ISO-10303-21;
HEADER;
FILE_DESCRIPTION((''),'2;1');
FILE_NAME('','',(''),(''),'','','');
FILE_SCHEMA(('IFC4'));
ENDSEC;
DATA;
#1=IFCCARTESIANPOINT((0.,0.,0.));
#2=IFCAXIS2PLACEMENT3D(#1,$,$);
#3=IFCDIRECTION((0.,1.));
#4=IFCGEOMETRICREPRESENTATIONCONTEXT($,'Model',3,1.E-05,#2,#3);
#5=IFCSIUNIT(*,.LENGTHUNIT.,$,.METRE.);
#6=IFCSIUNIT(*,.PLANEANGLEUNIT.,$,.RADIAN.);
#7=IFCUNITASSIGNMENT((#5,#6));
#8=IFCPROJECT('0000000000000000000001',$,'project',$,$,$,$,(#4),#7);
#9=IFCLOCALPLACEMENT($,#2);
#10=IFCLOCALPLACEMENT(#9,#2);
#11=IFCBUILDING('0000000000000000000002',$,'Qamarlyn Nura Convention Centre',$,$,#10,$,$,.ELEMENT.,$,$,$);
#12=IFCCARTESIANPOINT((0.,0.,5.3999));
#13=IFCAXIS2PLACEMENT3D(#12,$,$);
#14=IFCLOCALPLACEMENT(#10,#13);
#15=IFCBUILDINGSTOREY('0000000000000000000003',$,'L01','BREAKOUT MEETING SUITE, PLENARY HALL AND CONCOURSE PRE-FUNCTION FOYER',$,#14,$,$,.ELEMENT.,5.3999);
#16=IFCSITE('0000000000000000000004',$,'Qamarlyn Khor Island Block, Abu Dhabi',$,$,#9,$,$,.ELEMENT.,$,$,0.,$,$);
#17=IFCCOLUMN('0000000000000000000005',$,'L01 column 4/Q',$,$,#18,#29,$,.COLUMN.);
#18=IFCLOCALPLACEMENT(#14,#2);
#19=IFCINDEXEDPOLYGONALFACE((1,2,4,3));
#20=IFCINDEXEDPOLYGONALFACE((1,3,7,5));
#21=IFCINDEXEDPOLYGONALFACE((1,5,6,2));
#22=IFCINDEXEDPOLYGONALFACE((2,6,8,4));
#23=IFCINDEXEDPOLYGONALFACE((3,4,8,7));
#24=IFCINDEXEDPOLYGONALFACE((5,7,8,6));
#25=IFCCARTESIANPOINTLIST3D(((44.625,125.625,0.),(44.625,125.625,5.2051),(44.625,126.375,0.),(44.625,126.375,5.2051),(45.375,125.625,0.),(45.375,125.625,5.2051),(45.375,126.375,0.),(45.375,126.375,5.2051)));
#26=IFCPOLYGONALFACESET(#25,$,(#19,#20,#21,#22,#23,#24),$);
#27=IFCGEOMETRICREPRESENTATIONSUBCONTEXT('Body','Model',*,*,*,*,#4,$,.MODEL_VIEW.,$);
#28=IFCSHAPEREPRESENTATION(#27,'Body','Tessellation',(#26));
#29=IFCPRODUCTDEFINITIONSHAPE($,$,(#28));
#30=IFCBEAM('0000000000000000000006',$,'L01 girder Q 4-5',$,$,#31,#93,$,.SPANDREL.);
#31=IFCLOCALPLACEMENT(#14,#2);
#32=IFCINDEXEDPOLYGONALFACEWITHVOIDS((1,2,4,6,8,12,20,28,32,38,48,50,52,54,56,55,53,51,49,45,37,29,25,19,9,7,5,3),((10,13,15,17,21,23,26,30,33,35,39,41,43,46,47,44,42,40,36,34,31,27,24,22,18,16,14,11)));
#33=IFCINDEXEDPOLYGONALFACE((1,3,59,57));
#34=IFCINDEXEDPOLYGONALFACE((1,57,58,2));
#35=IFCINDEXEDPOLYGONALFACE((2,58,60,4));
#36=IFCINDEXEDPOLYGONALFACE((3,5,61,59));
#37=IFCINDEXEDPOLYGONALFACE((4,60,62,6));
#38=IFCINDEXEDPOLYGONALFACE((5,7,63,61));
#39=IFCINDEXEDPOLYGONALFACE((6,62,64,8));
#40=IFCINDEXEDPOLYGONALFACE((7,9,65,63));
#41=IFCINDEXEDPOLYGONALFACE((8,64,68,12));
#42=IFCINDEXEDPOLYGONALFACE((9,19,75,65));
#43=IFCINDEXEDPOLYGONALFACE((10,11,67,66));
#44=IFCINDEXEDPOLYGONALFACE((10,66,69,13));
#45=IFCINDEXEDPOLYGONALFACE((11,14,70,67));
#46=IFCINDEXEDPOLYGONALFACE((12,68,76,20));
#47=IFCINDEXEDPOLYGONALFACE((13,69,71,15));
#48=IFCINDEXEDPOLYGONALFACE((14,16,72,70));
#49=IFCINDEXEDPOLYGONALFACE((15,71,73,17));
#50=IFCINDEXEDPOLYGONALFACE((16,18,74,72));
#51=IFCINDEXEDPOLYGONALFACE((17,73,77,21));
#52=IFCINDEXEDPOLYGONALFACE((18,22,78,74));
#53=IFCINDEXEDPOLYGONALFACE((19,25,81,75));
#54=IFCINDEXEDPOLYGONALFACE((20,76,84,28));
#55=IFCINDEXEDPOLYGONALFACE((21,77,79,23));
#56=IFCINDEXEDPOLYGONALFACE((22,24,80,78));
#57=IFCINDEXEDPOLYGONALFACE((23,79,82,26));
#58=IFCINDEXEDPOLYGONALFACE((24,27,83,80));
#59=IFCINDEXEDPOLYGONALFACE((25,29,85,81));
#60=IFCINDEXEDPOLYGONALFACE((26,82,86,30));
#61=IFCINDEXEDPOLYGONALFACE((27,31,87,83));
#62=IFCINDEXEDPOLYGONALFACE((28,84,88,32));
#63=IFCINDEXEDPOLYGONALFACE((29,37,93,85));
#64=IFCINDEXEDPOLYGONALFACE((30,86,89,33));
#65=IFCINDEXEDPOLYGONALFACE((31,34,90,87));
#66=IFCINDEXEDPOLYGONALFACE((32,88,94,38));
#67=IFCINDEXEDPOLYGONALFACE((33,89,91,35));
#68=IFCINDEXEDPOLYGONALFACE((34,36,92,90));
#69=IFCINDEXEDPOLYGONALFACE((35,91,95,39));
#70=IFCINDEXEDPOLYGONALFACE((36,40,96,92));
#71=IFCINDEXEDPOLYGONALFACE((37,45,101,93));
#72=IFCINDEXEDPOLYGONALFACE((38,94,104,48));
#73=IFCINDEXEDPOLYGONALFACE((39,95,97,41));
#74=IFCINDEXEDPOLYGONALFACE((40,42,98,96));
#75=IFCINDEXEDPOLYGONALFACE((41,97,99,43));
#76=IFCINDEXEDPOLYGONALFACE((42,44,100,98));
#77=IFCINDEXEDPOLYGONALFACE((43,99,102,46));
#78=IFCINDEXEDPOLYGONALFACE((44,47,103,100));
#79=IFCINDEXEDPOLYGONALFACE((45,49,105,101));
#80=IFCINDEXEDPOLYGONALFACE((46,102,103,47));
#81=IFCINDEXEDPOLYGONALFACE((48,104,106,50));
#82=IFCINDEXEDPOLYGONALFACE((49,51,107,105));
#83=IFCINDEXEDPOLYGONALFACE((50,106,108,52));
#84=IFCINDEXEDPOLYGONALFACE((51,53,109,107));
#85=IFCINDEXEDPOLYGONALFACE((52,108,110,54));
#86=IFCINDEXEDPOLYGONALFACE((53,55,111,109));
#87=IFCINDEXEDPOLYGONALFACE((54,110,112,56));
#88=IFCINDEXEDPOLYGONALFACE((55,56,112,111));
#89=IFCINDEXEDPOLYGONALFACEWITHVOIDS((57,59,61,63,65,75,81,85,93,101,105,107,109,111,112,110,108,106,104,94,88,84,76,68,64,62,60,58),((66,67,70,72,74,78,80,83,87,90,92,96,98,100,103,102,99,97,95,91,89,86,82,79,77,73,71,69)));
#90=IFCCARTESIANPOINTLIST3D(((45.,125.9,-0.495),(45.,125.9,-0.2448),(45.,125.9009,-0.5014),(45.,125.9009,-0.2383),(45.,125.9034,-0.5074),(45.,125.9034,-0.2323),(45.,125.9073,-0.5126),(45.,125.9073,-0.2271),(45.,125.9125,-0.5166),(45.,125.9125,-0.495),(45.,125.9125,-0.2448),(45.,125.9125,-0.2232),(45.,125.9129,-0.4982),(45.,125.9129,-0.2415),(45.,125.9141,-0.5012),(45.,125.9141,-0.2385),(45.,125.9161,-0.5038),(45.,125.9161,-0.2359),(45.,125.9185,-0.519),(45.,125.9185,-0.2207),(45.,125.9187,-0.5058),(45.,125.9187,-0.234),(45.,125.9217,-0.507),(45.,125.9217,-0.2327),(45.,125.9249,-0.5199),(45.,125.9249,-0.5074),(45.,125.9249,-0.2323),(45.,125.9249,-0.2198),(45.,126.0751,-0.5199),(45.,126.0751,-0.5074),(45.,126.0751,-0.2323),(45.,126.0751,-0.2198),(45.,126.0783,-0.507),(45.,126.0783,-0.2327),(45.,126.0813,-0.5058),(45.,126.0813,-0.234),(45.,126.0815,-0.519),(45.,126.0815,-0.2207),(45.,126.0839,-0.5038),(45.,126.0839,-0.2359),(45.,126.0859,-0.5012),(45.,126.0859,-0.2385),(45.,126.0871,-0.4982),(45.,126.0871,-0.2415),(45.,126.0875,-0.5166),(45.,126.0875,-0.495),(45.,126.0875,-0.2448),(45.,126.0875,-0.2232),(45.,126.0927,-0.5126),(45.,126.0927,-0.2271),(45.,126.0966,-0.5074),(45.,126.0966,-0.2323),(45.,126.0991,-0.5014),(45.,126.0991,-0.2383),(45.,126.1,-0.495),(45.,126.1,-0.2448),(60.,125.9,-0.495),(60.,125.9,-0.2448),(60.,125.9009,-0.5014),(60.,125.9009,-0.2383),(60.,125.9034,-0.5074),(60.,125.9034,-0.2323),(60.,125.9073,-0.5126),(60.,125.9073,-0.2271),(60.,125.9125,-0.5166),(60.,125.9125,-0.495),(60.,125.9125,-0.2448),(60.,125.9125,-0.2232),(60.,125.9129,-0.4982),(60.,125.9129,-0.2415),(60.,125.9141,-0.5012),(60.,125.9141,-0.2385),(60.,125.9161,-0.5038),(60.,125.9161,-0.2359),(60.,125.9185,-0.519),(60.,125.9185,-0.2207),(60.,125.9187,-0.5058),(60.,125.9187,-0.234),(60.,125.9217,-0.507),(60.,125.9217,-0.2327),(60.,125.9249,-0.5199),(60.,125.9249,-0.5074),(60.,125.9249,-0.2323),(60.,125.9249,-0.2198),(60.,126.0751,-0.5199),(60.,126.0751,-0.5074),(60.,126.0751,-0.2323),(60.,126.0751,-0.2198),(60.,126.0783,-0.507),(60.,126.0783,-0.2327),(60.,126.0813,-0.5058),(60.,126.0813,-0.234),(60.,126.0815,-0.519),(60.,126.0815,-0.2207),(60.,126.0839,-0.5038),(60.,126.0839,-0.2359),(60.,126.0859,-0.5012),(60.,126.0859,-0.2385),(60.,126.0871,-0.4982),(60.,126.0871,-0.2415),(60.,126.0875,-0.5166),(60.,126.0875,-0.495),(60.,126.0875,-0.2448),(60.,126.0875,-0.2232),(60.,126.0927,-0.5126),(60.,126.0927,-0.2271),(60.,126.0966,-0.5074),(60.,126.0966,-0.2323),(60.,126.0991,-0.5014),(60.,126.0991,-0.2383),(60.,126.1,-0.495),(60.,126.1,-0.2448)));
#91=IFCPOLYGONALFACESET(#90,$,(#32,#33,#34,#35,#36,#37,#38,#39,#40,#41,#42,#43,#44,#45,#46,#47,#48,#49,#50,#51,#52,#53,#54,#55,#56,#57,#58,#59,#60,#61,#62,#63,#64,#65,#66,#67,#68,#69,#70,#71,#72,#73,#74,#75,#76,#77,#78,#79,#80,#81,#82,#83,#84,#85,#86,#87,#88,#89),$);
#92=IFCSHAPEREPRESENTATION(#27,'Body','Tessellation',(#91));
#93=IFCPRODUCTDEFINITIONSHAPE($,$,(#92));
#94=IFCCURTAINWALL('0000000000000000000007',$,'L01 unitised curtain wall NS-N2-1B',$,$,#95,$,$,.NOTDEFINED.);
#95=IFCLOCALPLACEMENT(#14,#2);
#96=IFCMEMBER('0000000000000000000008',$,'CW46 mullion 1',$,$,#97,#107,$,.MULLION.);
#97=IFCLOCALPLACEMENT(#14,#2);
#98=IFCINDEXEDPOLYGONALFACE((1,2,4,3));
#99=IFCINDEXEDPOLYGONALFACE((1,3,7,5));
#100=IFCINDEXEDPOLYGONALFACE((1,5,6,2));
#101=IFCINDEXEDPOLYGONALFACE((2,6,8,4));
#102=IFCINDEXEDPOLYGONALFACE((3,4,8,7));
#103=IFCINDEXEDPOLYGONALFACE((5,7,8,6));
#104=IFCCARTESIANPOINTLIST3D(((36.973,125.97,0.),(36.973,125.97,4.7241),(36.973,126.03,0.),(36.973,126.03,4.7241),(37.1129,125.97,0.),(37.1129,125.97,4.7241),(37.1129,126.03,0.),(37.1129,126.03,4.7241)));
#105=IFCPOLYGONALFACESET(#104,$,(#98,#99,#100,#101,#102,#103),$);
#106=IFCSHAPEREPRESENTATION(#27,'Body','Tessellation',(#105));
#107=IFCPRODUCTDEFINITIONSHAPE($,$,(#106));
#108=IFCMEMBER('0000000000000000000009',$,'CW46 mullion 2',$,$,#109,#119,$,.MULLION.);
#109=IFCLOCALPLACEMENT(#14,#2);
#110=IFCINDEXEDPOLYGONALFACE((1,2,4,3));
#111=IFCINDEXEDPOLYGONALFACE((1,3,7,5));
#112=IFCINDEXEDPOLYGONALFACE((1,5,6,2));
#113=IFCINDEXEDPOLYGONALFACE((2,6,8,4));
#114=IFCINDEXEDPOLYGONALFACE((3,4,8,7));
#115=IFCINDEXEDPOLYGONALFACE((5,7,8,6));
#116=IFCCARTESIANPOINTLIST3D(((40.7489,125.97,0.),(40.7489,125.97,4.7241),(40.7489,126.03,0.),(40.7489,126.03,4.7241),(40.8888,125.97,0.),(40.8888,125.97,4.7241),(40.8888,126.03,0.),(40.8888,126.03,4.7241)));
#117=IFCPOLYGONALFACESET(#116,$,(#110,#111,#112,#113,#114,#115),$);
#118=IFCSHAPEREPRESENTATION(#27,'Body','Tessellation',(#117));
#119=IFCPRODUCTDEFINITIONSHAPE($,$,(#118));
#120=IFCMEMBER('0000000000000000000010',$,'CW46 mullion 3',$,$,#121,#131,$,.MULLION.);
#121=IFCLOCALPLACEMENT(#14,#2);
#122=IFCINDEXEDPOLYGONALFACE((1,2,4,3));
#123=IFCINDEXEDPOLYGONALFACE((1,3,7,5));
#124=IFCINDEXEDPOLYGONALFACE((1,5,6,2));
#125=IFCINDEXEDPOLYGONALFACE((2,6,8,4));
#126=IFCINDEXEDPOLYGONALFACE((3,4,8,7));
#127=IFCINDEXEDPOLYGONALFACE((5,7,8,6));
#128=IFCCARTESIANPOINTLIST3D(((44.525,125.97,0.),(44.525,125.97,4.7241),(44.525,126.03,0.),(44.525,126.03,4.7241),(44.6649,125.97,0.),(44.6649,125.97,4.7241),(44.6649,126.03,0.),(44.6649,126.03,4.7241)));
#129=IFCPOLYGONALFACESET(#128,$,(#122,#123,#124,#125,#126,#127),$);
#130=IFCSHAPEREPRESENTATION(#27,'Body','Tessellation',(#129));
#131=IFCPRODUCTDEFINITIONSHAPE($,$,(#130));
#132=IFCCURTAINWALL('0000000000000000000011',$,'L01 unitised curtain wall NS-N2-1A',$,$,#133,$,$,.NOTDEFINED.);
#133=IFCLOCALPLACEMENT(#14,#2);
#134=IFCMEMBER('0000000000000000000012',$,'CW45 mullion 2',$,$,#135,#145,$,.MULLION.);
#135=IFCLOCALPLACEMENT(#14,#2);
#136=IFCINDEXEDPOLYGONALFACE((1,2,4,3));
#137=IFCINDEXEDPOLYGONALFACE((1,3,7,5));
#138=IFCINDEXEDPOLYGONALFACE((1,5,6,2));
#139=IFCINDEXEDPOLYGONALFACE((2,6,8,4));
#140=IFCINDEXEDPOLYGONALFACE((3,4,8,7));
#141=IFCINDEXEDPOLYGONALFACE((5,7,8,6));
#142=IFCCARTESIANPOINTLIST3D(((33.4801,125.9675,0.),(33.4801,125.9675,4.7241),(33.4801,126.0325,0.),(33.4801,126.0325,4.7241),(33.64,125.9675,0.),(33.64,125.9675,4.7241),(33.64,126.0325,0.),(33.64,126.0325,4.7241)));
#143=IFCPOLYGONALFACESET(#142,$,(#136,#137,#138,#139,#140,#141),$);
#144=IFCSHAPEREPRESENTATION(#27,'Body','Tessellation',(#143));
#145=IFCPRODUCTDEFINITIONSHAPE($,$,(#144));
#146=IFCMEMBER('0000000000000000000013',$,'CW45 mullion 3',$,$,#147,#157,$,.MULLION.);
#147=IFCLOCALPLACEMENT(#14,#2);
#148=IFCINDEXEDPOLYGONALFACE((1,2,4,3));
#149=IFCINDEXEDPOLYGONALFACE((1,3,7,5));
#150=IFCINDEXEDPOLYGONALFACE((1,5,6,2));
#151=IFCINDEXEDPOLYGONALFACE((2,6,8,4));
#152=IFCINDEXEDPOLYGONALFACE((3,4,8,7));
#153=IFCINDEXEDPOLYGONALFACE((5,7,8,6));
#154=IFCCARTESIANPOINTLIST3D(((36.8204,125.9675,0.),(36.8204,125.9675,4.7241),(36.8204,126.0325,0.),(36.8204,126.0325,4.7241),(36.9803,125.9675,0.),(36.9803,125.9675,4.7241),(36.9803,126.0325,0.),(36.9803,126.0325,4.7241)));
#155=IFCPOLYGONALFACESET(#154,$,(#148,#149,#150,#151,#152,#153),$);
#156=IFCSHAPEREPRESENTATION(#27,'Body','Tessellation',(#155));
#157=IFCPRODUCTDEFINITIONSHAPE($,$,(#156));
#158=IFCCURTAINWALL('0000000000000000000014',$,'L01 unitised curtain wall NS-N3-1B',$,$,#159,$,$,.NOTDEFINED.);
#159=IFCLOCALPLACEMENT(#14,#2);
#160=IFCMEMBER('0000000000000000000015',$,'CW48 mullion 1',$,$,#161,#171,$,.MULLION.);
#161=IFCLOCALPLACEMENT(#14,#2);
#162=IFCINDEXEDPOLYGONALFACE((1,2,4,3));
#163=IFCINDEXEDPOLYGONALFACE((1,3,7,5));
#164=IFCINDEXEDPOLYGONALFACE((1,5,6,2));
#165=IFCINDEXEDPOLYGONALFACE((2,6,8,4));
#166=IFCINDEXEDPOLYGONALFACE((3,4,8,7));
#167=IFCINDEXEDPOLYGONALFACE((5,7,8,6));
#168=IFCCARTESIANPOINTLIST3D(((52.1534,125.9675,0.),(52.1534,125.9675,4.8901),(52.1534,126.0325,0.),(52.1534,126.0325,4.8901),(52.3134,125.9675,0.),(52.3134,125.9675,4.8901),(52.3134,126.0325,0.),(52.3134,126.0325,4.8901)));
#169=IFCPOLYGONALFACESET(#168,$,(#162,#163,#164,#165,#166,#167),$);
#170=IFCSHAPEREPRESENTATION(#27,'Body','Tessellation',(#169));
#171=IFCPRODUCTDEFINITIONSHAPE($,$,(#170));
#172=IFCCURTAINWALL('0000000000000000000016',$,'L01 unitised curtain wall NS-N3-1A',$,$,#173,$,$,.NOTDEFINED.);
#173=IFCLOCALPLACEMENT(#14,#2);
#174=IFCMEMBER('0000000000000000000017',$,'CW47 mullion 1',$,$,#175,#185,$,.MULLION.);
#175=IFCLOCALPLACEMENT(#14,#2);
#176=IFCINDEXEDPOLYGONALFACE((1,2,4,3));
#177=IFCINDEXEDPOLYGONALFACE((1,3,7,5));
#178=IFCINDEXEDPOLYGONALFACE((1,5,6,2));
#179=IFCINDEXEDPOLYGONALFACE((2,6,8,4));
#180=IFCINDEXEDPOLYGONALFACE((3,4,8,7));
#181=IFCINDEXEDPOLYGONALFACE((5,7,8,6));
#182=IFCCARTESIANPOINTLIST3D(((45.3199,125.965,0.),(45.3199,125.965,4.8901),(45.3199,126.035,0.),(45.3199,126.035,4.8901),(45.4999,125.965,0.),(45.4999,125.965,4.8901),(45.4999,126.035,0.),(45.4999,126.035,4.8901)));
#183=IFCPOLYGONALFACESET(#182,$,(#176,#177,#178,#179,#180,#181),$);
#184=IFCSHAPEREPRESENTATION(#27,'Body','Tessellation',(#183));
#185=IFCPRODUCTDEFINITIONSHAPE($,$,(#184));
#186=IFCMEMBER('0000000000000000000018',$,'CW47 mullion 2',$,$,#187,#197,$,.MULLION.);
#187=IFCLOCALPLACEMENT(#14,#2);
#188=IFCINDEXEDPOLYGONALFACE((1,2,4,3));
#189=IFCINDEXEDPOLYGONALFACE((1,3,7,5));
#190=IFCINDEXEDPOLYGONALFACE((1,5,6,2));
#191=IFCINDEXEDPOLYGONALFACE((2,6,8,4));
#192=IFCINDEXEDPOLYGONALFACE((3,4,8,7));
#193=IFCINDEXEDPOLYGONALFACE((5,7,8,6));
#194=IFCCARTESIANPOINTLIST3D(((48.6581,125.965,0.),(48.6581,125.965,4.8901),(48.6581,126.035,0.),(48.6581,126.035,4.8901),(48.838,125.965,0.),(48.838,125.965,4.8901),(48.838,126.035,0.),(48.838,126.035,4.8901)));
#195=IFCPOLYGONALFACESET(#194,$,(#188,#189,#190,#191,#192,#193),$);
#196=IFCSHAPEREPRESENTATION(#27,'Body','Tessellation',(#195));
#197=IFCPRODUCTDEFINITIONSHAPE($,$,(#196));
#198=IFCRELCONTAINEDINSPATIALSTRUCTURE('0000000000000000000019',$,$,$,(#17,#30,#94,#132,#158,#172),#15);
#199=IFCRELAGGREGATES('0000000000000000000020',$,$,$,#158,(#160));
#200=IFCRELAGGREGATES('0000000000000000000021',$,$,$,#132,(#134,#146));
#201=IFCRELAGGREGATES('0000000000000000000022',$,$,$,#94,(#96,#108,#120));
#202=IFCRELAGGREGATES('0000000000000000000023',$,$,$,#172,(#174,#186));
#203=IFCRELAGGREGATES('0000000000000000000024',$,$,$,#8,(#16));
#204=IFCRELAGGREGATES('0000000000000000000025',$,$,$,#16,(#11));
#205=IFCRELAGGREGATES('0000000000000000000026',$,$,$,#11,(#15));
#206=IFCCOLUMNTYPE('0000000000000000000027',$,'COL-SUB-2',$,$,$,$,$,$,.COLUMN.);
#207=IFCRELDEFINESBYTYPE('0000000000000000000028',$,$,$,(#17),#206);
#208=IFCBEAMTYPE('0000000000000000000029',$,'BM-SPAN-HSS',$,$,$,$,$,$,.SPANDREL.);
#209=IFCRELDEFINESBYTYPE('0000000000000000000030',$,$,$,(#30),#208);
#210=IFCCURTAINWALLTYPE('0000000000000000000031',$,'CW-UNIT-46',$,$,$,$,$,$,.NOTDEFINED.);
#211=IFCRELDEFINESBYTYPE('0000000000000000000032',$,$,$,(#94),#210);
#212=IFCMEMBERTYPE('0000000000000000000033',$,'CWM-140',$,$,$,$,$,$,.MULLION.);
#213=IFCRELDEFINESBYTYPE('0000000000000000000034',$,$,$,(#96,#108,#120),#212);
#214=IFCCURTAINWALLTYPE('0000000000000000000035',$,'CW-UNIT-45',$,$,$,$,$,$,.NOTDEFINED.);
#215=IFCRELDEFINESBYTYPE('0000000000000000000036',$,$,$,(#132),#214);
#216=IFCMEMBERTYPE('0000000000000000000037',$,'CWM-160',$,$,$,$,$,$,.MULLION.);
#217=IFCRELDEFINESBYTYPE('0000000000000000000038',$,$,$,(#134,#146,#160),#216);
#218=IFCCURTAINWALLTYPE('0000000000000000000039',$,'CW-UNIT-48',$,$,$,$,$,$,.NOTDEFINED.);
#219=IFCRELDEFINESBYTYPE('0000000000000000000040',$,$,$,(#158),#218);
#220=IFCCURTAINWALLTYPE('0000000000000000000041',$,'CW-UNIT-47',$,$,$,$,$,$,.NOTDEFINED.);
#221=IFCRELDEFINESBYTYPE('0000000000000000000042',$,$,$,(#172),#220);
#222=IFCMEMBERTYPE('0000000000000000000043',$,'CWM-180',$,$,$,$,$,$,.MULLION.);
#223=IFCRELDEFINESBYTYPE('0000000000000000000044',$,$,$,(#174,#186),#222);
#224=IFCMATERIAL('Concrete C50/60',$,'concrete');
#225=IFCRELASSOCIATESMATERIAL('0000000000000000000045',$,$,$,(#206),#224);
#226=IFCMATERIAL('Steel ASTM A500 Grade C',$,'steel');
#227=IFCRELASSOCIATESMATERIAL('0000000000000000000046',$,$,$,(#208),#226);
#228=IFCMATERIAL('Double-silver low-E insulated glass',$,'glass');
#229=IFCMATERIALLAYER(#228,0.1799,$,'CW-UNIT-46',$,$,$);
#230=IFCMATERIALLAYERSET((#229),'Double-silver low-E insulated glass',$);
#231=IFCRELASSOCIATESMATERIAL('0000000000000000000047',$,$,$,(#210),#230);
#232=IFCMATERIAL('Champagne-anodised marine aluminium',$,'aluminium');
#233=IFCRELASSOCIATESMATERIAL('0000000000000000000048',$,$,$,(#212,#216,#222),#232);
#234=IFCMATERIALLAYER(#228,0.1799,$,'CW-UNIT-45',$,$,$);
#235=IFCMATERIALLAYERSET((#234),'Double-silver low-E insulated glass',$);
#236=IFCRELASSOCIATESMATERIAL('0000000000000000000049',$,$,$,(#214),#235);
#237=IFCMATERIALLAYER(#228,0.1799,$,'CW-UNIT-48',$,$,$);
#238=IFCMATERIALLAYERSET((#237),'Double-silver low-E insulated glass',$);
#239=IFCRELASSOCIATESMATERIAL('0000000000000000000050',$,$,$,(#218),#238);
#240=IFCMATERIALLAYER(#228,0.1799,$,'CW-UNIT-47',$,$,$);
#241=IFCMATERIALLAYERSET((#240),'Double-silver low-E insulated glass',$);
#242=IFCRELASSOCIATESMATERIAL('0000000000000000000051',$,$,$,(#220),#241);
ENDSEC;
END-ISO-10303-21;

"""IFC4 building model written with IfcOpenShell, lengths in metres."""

from ifc_helpers import new_model, si_unit, direction, frame, origin, origin_2d, place, context, subcontext, project, spatial, rectangle, hollow_rectangle, extrude, material, layer, layer_set, material_profile, profile_set, type_object, element, aggregate, save


model = new_model("IFC4")

# Units and contexts
model_context = context("Model", 3, precision=1e-05, world=origin(), true_north=direction((0.0, 1.0)))
body_context = subcontext(model_context, "Body", "Model", "MODEL_VIEW")
ifc_project = project(units=[si_unit("LENGTHUNIT", "METRE"), si_unit("PLANEANGLEUNIT", "RADIAN")], contexts=[model_context])

# Site, building, storey
site_placement = place(None, origin())
site = spatial("IfcSite", under=ifc_project, at=site_placement, Name="Qamarlyn Khor Island Block, Abu Dhabi", CompositionType="ELEMENT", RefElevation=0.0)
building_placement = place(site_placement, origin())
building = spatial("IfcBuilding", under=site, at=building_placement, Name="Qamarlyn Nura Convention Centre", CompositionType="ELEMENT")
storey_placement = place(building_placement, frame((0.0, 0.0, 5.3999)))
storey = spatial("IfcBuildingStorey", under=building, at=storey_placement, Name="L01", Description="BREAKOUT MEETING SUITE, PLENARY HALL AND CONCOURSE PRE-FUNCTION FOYER", CompositionType="ELEMENT", Elevation=5.3999)

# Column
ifc_material_1 = material(Name="Concrete C50/60", Category="concrete")
ifc_material_profile_1 = material_profile(ifc_material_1, rectangle(XDim=0.75, YDim=0.75, at=origin_2d()), Name="RC 750x750")
ifc_profile_set_1 = profile_set([ifc_material_profile_1], Name="Concrete C50/60")
column_type = type_object("IfcColumnType", Name="COL-SUB-2", PredefinedType="COLUMN", material=ifc_profile_set_1)
column_placement = place(storey_placement, frame((45.0, 126.0, 0.0), z_axis=(0.0, 0.0, 1.0), x_axis=(1.0, 0.0, 0.0)))
element("IfcColumn", 1, at=column_placement, inside=storey, type_object=column_type, Name="L01 column 4/Q", PredefinedType="COLUMN", context=body_context, shape_type="SweptSolid", body=[
    extrude(rectangle(XDim=0.75, YDim=0.75, at=origin_2d()), origin(), (0.0, 0.0, 1.0), 5.2051),
])

# Beam
ifc_material_2 = material(Name="Steel ASTM A500 Grade C", Category="steel")
ifc_material_profile_2 = material_profile(ifc_material_2, hollow_rectangle(XDim=0.2, YDim=0.3, WallThickness=0.0125, InnerFilletRadius=0.0125, OuterFilletRadius=0.0249, at=origin_2d()), Name="HSS300X200X12.5")
ifc_profile_set_2 = profile_set([ifc_material_profile_2], Name="Steel ASTM A500 Grade C")
beam_type = type_object("IfcBeamType", Name="BM-SPAN-HSS", PredefinedType="SPANDREL", material=ifc_profile_set_2)
beam_placement = place(storey_placement, frame((45.0, 126.0, -0.3699), z_axis=(1.0, 0.0, 0.0), x_axis=(0.0, 1.0, 0.0)))
element("IfcBeam", 2, at=beam_placement, inside=storey, type_object=beam_type, Name="L01 girder Q 4-5", PredefinedType="SPANDREL", context=body_context, shape_type="SweptSolid", body=[
    extrude(hollow_rectangle(XDim=0.2, YDim=0.3, WallThickness=0.0125, InnerFilletRadius=0.0125, OuterFilletRadius=0.0249, at=origin_2d()), origin(), (0.0, 0.0, 1.0), 15.0),
])

# Curtain walls, members
ifc_material_3 = material(Name="Double-silver low-E insulated glass", Category="glass")
ifc_layer_1 = layer(ifc_material_3, 0.1799, Name="CW-UNIT-46")
ifc_layer_set_1 = layer_set([ifc_layer_1], Name="Double-silver low-E insulated glass")
curtain_wall_type_1 = type_object("IfcCurtainWallType", Name="CW-UNIT-46", PredefinedType="NOTDEFINED", material=ifc_layer_set_1)
curtain_wall_1_placement = place(storey_placement, origin())
curtain_wall_1 = element("IfcCurtainWall", 3, at=curtain_wall_1_placement, inside=storey, type_object=curtain_wall_type_1, Name="L01 unitised curtain wall NS-N2-1B", PredefinedType="NOTDEFINED")
ifc_material_4 = material(Name="Champagne-anodised marine aluminium", Category="aluminium")
ifc_material_profile_3 = material_profile(ifc_material_4, rectangle(XDim=0.0601, YDim=0.1399, at=origin_2d()), Name="ALU MULLION 60x140")
ifc_profile_set_3 = profile_set([ifc_material_profile_3], Name="Champagne-anodised marine aluminium")
member_type_1 = type_object("IfcMemberType", Name="CWM-140", PredefinedType="MULLION", material=ifc_profile_set_3)
member_1_placement = place(storey_placement, frame((37.043, 126.0, 0.0), z_axis=(0.0, 0.0, 1.0), x_axis=(0.0, 1.0, 0.0)))
member_1 = element("IfcMember", 4, at=member_1_placement, type_object=member_type_1, Name="CW46 mullion 1", PredefinedType="MULLION", context=body_context, shape_type="SweptSolid", body=[
    extrude(rectangle(XDim=0.0601, YDim=0.1399, at=origin_2d()), origin(), (0.0, 0.0, 1.0), 4.7241),
])
member_2_placement = place(storey_placement, frame((40.8188, 126.0, 0.0), z_axis=(0.0, 0.0, 1.0), x_axis=(0.0, 1.0, 0.0)))
member_2 = element("IfcMember", 5, at=member_2_placement, type_object=member_type_1, Name="CW46 mullion 2", PredefinedType="MULLION", context=body_context, shape_type="SweptSolid", body=[
    extrude(rectangle(XDim=0.0601, YDim=0.1399, at=origin_2d()), origin(), (0.0, 0.0, 1.0), 4.7241),
])
member_3_placement = place(storey_placement, frame((44.595, 126.0, 0.0), z_axis=(0.0, 0.0, 1.0), x_axis=(0.0, 1.0, 0.0)))
member_3 = element("IfcMember", 6, at=member_3_placement, type_object=member_type_1, Name="CW46 mullion 3", PredefinedType="MULLION", context=body_context, shape_type="SweptSolid", body=[
    extrude(rectangle(XDim=0.0601, YDim=0.1399, at=origin_2d()), origin(), (0.0, 0.0, 1.0), 4.7241),
])
ifc_layer_2 = layer(ifc_material_3, 0.1799, Name="CW-UNIT-45")
ifc_layer_set_2 = layer_set([ifc_layer_2], Name="Double-silver low-E insulated glass")
curtain_wall_type_2 = type_object("IfcCurtainWallType", Name="CW-UNIT-45", PredefinedType="NOTDEFINED", material=ifc_layer_set_2)
curtain_wall_2_placement = place(storey_placement, origin())
curtain_wall_2 = element("IfcCurtainWall", 7, at=curtain_wall_2_placement, inside=storey, type_object=curtain_wall_type_2, Name="L01 unitised curtain wall NS-N2-1A", PredefinedType="NOTDEFINED")
ifc_material_profile_4 = material_profile(ifc_material_4, rectangle(XDim=0.0649, YDim=0.1599, at=origin_2d()), Name="ALU MULLION 65x160")
ifc_profile_set_4 = profile_set([ifc_material_profile_4], Name="Champagne-anodised marine aluminium")
member_type_2 = type_object("IfcMemberType", Name="CWM-160", PredefinedType="MULLION", material=ifc_profile_set_4)
member_4_placement = place(storey_placement, frame((33.5601, 126.0, 0.0), z_axis=(0.0, 0.0, 1.0), x_axis=(0.0, 1.0, 0.0)))
member_4 = element("IfcMember", 8, at=member_4_placement, type_object=member_type_2, Name="CW45 mullion 2", PredefinedType="MULLION", context=body_context, shape_type="SweptSolid", body=[
    extrude(rectangle(XDim=0.0649, YDim=0.1599, at=origin_2d()), origin(), (0.0, 0.0, 1.0), 4.7241),
])
member_5_placement = place(storey_placement, frame((36.9004, 126.0, 0.0), z_axis=(0.0, 0.0, 1.0), x_axis=(0.0, 1.0, 0.0)))
member_5 = element("IfcMember", 9, at=member_5_placement, type_object=member_type_2, Name="CW45 mullion 3", PredefinedType="MULLION", context=body_context, shape_type="SweptSolid", body=[
    extrude(rectangle(XDim=0.0649, YDim=0.1599, at=origin_2d()), origin(), (0.0, 0.0, 1.0), 4.7241),
])

# Curtain wall, member
ifc_layer_3 = layer(ifc_material_3, 0.1799, Name="CW-UNIT-48")
ifc_layer_set_3 = layer_set([ifc_layer_3], Name="Double-silver low-E insulated glass")
curtain_wall_type_3 = type_object("IfcCurtainWallType", Name="CW-UNIT-48", PredefinedType="NOTDEFINED", material=ifc_layer_set_3)
curtain_wall_3_placement = place(storey_placement, origin())
curtain_wall_3 = element("IfcCurtainWall", 10, at=curtain_wall_3_placement, inside=storey, type_object=curtain_wall_type_3, Name="L01 unitised curtain wall NS-N3-1B", PredefinedType="NOTDEFINED")
member_6_placement = place(storey_placement, frame((52.2334, 126.0, 0.0), z_axis=(0.0, 0.0, 1.0), x_axis=(0.0, 1.0, 0.0)))
member_6 = element("IfcMember", 11, at=member_6_placement, type_object=member_type_2, Name="CW48 mullion 1", PredefinedType="MULLION", context=body_context, shape_type="SweptSolid", body=[
    extrude(rectangle(XDim=0.0649, YDim=0.1599, at=origin_2d()), origin(), (0.0, 0.0, 1.0), 4.8901),
])

# Curtain wall, members
ifc_layer_4 = layer(ifc_material_3, 0.1799, Name="CW-UNIT-47")
ifc_layer_set_4 = layer_set([ifc_layer_4], Name="Double-silver low-E insulated glass")
curtain_wall_type_4 = type_object("IfcCurtainWallType", Name="CW-UNIT-47", PredefinedType="NOTDEFINED", material=ifc_layer_set_4)
curtain_wall_4_placement = place(storey_placement, origin())
curtain_wall_4 = element("IfcCurtainWall", 12, at=curtain_wall_4_placement, inside=storey, type_object=curtain_wall_type_4, Name="L01 unitised curtain wall NS-N3-1A", PredefinedType="NOTDEFINED")
ifc_material_profile_5 = material_profile(ifc_material_4, rectangle(XDim=0.0701, YDim=0.1799, at=origin_2d()), Name="ALU MULLION 70x180")
ifc_profile_set_5 = profile_set([ifc_material_profile_5], Name="Champagne-anodised marine aluminium")
member_type_3 = type_object("IfcMemberType", Name="CWM-180", PredefinedType="MULLION", material=ifc_profile_set_5)
member_7_placement = place(storey_placement, frame((45.4099, 126.0, 0.0), z_axis=(0.0, 0.0, 1.0), x_axis=(0.0, 1.0, 0.0)))
member_7 = element("IfcMember", 13, at=member_7_placement, type_object=member_type_3, Name="CW47 mullion 1", PredefinedType="MULLION", context=body_context, shape_type="SweptSolid", body=[
    extrude(rectangle(XDim=0.0701, YDim=0.1799, at=origin_2d()), origin(), (0.0, 0.0, 1.0), 4.8901),
])
member_8_placement = place(storey_placement, frame((48.748, 126.0, 0.0), z_axis=(0.0, 0.0, 1.0), x_axis=(0.0, 1.0, 0.0)))
member_8 = element("IfcMember", 14, at=member_8_placement, type_object=member_type_3, Name="CW47 mullion 2", PredefinedType="MULLION", context=body_context, shape_type="SweptSolid", body=[
    extrude(rectangle(XDim=0.0701, YDim=0.1799, at=origin_2d()), origin(), (0.0, 0.0, 1.0), 4.8901),
])

aggregate(curtain_wall_3, [member_6])

aggregate(curtain_wall_2, [member_4, member_5])
aggregate(curtain_wall_1, [member_1, member_2, member_3])
aggregate(curtain_wall_4, [member_7, member_8])

save(model, "model.ifc")
